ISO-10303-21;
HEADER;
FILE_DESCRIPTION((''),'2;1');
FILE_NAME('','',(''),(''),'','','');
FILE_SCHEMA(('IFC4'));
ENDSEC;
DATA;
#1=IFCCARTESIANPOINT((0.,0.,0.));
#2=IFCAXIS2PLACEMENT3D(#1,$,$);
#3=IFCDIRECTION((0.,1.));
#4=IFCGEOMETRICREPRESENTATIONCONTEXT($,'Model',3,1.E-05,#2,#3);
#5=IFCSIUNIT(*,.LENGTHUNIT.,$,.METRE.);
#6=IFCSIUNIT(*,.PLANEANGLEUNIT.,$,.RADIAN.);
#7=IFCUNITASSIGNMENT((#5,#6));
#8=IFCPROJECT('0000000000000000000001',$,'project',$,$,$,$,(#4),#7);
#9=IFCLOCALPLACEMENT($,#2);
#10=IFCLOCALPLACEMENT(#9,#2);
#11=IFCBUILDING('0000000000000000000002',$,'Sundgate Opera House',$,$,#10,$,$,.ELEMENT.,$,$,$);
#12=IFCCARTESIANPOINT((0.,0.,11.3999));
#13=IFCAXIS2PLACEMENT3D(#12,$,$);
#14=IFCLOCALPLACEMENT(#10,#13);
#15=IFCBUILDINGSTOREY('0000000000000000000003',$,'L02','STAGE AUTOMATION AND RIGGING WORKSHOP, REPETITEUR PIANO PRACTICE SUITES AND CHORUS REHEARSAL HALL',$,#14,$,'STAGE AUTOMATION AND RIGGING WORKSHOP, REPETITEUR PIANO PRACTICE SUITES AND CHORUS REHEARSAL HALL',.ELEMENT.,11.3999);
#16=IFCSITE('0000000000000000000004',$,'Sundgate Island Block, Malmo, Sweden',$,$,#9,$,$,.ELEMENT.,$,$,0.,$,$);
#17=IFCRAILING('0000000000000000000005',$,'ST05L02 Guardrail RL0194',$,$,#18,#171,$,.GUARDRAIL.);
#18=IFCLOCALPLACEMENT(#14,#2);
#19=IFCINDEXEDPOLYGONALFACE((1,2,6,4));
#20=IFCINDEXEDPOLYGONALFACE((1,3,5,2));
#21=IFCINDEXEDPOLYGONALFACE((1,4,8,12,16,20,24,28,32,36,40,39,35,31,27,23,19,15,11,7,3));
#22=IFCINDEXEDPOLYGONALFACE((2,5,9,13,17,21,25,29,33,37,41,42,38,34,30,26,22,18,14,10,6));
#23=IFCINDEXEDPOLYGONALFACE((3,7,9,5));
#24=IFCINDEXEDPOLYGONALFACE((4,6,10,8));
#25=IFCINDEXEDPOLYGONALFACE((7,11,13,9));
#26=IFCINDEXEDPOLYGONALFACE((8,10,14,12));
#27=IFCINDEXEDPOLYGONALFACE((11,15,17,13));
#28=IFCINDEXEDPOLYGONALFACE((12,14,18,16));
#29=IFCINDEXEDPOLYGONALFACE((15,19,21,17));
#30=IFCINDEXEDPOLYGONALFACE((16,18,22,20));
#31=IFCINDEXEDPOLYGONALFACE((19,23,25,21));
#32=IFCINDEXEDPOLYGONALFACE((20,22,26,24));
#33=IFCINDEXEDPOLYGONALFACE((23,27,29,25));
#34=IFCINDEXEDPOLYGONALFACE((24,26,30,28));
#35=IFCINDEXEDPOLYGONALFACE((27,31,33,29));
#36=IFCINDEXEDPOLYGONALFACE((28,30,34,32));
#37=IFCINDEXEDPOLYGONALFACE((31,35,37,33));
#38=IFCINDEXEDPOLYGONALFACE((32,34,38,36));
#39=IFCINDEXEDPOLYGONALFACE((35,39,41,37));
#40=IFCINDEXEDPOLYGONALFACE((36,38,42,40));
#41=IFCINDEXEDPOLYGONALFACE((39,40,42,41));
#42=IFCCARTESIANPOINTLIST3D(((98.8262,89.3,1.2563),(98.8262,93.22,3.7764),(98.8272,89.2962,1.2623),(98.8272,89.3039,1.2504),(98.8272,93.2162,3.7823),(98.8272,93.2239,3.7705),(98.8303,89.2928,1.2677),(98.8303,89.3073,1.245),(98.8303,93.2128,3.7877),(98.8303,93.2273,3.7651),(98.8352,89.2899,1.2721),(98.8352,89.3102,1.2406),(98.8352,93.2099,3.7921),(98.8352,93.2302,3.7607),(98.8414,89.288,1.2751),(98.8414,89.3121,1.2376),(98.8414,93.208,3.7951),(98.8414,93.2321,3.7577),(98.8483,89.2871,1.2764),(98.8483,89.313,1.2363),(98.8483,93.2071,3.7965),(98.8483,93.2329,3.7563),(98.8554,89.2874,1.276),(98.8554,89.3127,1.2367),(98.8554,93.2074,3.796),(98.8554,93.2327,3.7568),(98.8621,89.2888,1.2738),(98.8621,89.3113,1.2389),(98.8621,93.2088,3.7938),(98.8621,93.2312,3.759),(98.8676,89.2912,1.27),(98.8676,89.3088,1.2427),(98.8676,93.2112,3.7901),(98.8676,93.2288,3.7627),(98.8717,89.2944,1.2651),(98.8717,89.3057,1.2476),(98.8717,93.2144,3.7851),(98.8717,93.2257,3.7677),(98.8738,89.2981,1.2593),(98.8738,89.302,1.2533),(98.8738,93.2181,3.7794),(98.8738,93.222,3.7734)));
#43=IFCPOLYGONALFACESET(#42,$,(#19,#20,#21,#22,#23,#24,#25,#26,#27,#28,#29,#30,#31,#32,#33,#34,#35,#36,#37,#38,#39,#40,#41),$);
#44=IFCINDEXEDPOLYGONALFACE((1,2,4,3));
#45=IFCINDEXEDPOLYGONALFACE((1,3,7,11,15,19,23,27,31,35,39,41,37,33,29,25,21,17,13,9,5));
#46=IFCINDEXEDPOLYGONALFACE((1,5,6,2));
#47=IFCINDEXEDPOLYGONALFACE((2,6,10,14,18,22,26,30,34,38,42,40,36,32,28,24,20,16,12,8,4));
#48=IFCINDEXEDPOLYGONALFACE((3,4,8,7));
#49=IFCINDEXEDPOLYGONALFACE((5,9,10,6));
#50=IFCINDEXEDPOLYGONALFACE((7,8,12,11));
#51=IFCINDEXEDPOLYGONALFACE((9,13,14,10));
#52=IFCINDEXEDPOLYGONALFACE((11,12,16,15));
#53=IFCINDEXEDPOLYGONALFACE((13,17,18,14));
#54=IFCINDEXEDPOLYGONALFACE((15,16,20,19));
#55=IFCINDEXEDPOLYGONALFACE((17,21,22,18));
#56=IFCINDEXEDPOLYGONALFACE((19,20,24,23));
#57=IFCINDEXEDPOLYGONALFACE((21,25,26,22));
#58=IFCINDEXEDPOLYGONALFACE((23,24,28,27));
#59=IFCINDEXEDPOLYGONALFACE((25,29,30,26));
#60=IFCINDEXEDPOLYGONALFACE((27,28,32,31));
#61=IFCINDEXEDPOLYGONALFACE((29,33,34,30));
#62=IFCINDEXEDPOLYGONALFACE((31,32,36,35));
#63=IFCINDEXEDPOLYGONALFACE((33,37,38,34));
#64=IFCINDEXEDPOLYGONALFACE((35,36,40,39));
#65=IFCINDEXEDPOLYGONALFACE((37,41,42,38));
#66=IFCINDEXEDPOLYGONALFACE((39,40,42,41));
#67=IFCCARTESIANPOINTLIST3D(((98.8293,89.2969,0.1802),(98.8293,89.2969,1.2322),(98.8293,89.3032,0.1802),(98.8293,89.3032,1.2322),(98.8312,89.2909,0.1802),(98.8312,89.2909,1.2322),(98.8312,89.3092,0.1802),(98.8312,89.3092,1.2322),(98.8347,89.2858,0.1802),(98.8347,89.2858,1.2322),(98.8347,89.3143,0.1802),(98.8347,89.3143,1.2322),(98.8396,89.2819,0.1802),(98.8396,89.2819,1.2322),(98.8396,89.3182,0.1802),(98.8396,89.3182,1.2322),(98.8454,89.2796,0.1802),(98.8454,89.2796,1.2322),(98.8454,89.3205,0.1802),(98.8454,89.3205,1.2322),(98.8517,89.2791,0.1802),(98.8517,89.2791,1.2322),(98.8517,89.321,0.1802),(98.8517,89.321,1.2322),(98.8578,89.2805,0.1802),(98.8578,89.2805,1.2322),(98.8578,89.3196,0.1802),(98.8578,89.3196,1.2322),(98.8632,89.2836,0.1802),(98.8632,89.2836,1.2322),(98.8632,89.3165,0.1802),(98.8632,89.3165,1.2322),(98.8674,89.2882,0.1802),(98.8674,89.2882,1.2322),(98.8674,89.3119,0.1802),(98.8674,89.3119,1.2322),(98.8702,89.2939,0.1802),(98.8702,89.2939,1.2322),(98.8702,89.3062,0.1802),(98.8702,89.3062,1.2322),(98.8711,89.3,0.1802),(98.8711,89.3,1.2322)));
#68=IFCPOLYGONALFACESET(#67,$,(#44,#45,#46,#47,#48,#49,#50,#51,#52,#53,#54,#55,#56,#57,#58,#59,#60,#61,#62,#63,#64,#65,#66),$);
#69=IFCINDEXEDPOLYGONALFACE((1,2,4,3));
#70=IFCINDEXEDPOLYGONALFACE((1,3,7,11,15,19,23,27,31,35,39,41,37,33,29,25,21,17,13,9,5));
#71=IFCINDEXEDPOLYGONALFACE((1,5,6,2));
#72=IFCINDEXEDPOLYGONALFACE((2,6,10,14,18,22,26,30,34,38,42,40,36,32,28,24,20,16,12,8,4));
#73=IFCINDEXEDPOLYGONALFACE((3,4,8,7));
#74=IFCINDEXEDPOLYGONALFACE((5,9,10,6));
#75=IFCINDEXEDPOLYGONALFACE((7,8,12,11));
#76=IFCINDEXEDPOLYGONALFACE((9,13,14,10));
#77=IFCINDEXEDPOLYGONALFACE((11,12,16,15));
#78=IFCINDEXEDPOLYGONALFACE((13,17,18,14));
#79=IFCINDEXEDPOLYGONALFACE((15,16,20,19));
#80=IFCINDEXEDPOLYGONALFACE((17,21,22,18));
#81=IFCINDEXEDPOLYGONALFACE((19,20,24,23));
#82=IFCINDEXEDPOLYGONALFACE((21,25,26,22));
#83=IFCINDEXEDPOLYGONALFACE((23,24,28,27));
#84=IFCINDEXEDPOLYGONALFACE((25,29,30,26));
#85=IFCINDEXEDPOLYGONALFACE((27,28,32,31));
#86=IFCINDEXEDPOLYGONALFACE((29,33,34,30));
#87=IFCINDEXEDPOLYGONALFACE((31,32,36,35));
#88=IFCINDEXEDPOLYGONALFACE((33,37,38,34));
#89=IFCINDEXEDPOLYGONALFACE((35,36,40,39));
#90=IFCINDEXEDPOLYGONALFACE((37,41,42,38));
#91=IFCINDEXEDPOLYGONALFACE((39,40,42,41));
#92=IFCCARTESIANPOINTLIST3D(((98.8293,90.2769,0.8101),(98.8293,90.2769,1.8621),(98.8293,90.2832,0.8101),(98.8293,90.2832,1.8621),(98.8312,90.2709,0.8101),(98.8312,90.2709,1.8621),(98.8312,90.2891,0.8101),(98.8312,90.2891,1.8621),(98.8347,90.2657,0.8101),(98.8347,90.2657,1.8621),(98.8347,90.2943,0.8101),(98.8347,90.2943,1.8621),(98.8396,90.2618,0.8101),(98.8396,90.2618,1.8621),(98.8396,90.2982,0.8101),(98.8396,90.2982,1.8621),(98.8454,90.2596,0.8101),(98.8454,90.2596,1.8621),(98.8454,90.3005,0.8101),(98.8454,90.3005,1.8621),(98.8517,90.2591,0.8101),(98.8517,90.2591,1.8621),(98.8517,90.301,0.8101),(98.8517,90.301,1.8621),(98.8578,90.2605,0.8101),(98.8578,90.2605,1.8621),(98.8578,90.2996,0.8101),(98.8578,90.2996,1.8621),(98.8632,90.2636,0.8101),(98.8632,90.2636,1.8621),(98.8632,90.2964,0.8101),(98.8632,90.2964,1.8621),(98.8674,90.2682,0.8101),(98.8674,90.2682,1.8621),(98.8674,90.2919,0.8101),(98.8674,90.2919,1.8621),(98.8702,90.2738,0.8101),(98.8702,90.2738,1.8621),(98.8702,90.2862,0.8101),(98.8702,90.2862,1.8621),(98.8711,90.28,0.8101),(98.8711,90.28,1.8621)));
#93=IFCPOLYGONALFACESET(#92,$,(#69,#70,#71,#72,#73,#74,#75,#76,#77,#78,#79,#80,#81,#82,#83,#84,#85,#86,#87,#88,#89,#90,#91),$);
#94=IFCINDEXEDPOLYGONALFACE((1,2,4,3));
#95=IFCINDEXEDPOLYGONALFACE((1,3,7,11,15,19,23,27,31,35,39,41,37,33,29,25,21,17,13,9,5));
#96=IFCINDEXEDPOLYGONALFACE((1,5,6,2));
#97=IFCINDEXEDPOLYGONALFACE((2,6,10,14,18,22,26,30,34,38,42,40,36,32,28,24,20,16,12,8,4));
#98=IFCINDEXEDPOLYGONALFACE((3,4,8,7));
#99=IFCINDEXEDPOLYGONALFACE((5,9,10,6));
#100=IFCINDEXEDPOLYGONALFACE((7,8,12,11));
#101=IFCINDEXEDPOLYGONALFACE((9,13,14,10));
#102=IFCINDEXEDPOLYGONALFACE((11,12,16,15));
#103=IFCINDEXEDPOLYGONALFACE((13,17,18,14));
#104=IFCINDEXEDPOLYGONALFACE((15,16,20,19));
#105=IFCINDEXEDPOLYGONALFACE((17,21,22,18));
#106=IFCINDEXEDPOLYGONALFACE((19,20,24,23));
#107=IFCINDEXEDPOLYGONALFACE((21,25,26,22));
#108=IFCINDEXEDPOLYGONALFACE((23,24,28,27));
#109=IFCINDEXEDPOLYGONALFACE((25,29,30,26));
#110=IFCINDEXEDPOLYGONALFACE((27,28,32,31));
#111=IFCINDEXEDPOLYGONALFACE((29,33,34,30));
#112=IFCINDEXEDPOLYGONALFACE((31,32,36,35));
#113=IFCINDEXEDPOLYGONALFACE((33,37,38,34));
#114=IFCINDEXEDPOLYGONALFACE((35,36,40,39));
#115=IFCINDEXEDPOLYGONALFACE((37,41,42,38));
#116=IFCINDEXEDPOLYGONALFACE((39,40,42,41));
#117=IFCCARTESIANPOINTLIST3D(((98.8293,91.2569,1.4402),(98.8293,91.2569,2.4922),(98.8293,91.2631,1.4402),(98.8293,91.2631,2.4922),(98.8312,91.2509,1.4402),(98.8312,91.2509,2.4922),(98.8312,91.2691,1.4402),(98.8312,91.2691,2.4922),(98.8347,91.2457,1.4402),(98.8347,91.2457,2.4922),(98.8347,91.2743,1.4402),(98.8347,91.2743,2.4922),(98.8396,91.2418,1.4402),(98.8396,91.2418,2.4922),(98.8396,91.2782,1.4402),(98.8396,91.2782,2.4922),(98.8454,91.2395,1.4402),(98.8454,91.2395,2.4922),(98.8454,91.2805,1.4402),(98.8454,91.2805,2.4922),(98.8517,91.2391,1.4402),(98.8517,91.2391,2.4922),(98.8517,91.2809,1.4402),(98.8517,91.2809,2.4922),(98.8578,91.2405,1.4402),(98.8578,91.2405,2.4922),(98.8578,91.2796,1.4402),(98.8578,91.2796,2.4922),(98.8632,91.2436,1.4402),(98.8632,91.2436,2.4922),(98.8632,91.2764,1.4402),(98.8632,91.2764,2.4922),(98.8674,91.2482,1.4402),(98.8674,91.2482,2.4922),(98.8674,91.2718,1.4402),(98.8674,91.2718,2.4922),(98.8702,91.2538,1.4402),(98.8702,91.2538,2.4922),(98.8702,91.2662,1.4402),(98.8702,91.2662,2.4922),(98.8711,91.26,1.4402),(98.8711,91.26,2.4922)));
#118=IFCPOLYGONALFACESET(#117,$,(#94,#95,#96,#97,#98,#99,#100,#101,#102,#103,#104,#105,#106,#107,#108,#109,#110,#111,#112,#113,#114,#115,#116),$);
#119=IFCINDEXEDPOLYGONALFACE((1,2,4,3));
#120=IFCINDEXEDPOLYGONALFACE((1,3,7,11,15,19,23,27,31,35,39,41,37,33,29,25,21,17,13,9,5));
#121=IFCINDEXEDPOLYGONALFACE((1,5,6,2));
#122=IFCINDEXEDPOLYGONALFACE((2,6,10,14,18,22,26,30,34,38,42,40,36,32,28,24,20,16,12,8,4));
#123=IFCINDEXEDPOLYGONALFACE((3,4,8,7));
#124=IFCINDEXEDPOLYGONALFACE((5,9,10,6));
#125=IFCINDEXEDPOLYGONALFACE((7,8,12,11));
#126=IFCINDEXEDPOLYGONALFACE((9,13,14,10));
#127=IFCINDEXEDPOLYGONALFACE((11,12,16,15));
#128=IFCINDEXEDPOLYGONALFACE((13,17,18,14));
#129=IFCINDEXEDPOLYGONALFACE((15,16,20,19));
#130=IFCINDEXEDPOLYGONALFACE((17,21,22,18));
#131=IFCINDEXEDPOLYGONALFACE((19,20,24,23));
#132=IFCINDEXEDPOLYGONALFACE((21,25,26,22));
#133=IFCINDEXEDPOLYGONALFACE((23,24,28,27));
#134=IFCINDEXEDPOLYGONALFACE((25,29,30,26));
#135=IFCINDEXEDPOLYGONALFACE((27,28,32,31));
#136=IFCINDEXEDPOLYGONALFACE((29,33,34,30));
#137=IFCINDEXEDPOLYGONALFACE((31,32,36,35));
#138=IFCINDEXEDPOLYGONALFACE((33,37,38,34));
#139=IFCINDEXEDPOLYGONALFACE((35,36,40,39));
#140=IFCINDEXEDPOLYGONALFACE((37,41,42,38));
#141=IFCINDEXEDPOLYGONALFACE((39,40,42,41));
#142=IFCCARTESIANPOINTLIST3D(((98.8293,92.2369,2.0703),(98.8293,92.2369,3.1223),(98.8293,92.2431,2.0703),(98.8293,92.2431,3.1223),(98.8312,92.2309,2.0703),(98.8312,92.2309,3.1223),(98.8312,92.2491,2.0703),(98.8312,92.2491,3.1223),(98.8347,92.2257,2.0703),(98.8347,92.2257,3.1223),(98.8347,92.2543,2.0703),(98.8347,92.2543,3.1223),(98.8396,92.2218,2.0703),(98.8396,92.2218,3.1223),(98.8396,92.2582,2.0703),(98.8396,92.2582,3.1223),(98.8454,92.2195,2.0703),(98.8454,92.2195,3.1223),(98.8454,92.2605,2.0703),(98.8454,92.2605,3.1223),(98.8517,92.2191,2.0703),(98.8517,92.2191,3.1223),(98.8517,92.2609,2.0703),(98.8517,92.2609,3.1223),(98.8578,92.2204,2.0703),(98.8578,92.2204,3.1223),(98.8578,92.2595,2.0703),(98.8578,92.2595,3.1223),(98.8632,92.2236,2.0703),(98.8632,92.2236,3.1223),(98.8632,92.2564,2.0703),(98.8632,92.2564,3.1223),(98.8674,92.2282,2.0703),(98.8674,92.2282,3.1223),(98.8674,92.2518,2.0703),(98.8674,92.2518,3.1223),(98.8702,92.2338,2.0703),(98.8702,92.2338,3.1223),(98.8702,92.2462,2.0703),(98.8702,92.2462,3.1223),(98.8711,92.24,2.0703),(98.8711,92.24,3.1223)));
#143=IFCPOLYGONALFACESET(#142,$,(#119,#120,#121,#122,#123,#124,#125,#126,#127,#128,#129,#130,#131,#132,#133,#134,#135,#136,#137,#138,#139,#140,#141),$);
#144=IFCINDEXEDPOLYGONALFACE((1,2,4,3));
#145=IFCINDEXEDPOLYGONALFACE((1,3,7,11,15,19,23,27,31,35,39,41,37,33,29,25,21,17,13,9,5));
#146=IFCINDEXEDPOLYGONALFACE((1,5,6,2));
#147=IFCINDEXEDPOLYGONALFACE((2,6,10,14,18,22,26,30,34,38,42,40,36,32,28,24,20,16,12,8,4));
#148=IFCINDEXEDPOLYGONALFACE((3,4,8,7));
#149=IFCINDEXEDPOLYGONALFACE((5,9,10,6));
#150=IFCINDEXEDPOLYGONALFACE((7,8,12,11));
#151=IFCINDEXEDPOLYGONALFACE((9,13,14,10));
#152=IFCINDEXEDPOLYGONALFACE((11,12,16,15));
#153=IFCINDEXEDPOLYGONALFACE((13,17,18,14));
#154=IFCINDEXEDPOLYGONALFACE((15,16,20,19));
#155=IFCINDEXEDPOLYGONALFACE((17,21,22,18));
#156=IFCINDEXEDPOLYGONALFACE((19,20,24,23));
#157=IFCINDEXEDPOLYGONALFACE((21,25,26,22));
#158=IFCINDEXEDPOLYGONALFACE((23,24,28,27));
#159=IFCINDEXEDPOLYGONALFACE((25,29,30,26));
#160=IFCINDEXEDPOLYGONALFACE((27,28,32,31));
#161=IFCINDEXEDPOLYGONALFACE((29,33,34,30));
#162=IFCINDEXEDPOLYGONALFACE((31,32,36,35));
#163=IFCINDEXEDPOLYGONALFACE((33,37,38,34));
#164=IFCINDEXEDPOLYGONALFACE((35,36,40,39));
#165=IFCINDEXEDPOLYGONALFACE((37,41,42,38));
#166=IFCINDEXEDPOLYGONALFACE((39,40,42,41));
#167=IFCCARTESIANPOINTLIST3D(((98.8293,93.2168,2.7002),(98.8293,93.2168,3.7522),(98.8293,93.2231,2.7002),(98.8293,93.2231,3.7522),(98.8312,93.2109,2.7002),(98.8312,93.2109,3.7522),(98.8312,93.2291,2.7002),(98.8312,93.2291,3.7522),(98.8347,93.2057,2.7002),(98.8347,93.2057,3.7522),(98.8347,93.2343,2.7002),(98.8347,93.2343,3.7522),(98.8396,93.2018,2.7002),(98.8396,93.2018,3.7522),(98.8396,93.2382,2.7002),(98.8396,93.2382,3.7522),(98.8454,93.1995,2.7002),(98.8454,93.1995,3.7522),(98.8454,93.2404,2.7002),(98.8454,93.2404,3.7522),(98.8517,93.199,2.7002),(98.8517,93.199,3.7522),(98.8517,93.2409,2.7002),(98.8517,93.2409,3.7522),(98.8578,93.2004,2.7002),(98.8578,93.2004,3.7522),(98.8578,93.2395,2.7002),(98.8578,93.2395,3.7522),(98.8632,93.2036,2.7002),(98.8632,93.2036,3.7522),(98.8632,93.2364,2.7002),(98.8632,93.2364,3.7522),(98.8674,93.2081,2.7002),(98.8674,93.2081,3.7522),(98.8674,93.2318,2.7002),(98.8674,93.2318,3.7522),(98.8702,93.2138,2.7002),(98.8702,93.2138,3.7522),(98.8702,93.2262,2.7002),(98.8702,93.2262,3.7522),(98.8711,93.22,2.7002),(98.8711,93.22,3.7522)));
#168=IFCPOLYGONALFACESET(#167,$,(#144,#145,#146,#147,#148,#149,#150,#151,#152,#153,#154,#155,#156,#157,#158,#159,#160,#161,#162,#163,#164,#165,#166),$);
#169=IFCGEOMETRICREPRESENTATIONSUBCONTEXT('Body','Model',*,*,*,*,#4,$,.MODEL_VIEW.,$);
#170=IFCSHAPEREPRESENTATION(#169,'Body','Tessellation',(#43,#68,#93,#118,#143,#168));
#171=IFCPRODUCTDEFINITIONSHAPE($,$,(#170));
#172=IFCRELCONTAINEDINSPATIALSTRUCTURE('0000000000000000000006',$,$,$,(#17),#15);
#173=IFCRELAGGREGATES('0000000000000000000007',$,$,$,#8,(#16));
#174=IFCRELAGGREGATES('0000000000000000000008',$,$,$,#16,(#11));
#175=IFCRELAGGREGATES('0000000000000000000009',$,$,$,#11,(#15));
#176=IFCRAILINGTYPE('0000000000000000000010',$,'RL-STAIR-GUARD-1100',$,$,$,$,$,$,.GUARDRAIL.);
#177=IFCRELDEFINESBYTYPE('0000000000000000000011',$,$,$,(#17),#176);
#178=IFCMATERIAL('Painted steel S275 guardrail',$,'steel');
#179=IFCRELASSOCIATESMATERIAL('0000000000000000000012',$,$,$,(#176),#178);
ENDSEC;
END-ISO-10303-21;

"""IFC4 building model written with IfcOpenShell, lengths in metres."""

from ifc_helpers import new_model, si_unit, direction, frame, origin, origin_2d, place, context, subcontext, project, spatial, circle, extrude, material, type_object, element, save


model = new_model("IFC4")

# Units and contexts
model_context = context("Model", 3, precision=1e-05, world=origin(), true_north=direction((0.0, 1.0)))
body_context = subcontext(model_context, "Body", "Model", "MODEL_VIEW")
ifc_project = project(units=[si_unit("LENGTHUNIT", "METRE"), si_unit("PLANEANGLEUNIT", "RADIAN")], contexts=[model_context])

# Site, building, storey
site_placement = place(None, origin())
site = spatial("IfcSite", under=ifc_project, at=site_placement, Name="Sundgate Island Block, Malmo, Sweden", CompositionType="ELEMENT", RefElevation=0.0)
building_placement = place(site_placement, origin())
building = spatial("IfcBuilding", under=site, at=building_placement, Name="Sundgate Opera House", CompositionType="ELEMENT")
storey_placement = place(building_placement, frame((0.0, 0.0, 11.3999)))
storey = spatial("IfcBuildingStorey", under=building, at=storey_placement, Name="L02", Description="STAGE AUTOMATION AND RIGGING WORKSHOP, REPETITEUR PIANO PRACTICE SUITES AND CHORUS REHEARSAL HALL", LongName="STAGE AUTOMATION AND RIGGING WORKSHOP, REPETITEUR PIANO PRACTICE SUITES AND CHORUS REHEARSAL HALL", CompositionType="ELEMENT", Elevation=11.3999)

# Railing
ifc_material_1 = material(Name="Painted steel S275 guardrail", Category="steel")
railing_type_1 = type_object("IfcRailingType", Name="RL-STAIR-GUARD-1100", PredefinedType="GUARDRAIL", material=ifc_material_1)
railing_1_placement = place(storey_placement, frame((98.8501, 89.3, 0.1802)))
element("IfcRailing", 1, at=railing_1_placement, inside=storey, type_object=railing_type_1, Name="ST05L02 Guardrail RL0194", PredefinedType="GUARDRAIL", context=body_context, shape_type="SweptSolid", body=[
    extrude(circle(Radius=0.0239, at=origin_2d()), frame((0.0, 0.0, 1.0762), z_axis=(0.0, 0.841172, 0.540768), x_axis=(-1.0, 0.0, 0.0)), (0.0, 0.0, 1.0), 4.6602),
    extrude(circle(Radius=0.021, at=origin_2d()), origin(), (0.0, 0.0, 1.0), 1.052),
    extrude(circle(Radius=0.021, at=origin_2d()), frame((0.0, 0.98, 0.6299)), (0.0, 0.0, 1.0), 1.052),
    extrude(circle(Radius=0.021, at=origin_2d()), frame((0.0, 1.96, 1.26)), (0.0, 0.0, 1.0), 1.052),
    extrude(circle(Radius=0.021, at=origin_2d()), frame((0.0, 2.9399, 1.8901)), (0.0, 0.0, 1.0), 1.052),
    extrude(circle(Radius=0.021, at=origin_2d()), frame((0.0, 3.9199, 2.52)), (0.0, 0.0, 1.0), 1.052),
])

save(model, "model.ifc")
